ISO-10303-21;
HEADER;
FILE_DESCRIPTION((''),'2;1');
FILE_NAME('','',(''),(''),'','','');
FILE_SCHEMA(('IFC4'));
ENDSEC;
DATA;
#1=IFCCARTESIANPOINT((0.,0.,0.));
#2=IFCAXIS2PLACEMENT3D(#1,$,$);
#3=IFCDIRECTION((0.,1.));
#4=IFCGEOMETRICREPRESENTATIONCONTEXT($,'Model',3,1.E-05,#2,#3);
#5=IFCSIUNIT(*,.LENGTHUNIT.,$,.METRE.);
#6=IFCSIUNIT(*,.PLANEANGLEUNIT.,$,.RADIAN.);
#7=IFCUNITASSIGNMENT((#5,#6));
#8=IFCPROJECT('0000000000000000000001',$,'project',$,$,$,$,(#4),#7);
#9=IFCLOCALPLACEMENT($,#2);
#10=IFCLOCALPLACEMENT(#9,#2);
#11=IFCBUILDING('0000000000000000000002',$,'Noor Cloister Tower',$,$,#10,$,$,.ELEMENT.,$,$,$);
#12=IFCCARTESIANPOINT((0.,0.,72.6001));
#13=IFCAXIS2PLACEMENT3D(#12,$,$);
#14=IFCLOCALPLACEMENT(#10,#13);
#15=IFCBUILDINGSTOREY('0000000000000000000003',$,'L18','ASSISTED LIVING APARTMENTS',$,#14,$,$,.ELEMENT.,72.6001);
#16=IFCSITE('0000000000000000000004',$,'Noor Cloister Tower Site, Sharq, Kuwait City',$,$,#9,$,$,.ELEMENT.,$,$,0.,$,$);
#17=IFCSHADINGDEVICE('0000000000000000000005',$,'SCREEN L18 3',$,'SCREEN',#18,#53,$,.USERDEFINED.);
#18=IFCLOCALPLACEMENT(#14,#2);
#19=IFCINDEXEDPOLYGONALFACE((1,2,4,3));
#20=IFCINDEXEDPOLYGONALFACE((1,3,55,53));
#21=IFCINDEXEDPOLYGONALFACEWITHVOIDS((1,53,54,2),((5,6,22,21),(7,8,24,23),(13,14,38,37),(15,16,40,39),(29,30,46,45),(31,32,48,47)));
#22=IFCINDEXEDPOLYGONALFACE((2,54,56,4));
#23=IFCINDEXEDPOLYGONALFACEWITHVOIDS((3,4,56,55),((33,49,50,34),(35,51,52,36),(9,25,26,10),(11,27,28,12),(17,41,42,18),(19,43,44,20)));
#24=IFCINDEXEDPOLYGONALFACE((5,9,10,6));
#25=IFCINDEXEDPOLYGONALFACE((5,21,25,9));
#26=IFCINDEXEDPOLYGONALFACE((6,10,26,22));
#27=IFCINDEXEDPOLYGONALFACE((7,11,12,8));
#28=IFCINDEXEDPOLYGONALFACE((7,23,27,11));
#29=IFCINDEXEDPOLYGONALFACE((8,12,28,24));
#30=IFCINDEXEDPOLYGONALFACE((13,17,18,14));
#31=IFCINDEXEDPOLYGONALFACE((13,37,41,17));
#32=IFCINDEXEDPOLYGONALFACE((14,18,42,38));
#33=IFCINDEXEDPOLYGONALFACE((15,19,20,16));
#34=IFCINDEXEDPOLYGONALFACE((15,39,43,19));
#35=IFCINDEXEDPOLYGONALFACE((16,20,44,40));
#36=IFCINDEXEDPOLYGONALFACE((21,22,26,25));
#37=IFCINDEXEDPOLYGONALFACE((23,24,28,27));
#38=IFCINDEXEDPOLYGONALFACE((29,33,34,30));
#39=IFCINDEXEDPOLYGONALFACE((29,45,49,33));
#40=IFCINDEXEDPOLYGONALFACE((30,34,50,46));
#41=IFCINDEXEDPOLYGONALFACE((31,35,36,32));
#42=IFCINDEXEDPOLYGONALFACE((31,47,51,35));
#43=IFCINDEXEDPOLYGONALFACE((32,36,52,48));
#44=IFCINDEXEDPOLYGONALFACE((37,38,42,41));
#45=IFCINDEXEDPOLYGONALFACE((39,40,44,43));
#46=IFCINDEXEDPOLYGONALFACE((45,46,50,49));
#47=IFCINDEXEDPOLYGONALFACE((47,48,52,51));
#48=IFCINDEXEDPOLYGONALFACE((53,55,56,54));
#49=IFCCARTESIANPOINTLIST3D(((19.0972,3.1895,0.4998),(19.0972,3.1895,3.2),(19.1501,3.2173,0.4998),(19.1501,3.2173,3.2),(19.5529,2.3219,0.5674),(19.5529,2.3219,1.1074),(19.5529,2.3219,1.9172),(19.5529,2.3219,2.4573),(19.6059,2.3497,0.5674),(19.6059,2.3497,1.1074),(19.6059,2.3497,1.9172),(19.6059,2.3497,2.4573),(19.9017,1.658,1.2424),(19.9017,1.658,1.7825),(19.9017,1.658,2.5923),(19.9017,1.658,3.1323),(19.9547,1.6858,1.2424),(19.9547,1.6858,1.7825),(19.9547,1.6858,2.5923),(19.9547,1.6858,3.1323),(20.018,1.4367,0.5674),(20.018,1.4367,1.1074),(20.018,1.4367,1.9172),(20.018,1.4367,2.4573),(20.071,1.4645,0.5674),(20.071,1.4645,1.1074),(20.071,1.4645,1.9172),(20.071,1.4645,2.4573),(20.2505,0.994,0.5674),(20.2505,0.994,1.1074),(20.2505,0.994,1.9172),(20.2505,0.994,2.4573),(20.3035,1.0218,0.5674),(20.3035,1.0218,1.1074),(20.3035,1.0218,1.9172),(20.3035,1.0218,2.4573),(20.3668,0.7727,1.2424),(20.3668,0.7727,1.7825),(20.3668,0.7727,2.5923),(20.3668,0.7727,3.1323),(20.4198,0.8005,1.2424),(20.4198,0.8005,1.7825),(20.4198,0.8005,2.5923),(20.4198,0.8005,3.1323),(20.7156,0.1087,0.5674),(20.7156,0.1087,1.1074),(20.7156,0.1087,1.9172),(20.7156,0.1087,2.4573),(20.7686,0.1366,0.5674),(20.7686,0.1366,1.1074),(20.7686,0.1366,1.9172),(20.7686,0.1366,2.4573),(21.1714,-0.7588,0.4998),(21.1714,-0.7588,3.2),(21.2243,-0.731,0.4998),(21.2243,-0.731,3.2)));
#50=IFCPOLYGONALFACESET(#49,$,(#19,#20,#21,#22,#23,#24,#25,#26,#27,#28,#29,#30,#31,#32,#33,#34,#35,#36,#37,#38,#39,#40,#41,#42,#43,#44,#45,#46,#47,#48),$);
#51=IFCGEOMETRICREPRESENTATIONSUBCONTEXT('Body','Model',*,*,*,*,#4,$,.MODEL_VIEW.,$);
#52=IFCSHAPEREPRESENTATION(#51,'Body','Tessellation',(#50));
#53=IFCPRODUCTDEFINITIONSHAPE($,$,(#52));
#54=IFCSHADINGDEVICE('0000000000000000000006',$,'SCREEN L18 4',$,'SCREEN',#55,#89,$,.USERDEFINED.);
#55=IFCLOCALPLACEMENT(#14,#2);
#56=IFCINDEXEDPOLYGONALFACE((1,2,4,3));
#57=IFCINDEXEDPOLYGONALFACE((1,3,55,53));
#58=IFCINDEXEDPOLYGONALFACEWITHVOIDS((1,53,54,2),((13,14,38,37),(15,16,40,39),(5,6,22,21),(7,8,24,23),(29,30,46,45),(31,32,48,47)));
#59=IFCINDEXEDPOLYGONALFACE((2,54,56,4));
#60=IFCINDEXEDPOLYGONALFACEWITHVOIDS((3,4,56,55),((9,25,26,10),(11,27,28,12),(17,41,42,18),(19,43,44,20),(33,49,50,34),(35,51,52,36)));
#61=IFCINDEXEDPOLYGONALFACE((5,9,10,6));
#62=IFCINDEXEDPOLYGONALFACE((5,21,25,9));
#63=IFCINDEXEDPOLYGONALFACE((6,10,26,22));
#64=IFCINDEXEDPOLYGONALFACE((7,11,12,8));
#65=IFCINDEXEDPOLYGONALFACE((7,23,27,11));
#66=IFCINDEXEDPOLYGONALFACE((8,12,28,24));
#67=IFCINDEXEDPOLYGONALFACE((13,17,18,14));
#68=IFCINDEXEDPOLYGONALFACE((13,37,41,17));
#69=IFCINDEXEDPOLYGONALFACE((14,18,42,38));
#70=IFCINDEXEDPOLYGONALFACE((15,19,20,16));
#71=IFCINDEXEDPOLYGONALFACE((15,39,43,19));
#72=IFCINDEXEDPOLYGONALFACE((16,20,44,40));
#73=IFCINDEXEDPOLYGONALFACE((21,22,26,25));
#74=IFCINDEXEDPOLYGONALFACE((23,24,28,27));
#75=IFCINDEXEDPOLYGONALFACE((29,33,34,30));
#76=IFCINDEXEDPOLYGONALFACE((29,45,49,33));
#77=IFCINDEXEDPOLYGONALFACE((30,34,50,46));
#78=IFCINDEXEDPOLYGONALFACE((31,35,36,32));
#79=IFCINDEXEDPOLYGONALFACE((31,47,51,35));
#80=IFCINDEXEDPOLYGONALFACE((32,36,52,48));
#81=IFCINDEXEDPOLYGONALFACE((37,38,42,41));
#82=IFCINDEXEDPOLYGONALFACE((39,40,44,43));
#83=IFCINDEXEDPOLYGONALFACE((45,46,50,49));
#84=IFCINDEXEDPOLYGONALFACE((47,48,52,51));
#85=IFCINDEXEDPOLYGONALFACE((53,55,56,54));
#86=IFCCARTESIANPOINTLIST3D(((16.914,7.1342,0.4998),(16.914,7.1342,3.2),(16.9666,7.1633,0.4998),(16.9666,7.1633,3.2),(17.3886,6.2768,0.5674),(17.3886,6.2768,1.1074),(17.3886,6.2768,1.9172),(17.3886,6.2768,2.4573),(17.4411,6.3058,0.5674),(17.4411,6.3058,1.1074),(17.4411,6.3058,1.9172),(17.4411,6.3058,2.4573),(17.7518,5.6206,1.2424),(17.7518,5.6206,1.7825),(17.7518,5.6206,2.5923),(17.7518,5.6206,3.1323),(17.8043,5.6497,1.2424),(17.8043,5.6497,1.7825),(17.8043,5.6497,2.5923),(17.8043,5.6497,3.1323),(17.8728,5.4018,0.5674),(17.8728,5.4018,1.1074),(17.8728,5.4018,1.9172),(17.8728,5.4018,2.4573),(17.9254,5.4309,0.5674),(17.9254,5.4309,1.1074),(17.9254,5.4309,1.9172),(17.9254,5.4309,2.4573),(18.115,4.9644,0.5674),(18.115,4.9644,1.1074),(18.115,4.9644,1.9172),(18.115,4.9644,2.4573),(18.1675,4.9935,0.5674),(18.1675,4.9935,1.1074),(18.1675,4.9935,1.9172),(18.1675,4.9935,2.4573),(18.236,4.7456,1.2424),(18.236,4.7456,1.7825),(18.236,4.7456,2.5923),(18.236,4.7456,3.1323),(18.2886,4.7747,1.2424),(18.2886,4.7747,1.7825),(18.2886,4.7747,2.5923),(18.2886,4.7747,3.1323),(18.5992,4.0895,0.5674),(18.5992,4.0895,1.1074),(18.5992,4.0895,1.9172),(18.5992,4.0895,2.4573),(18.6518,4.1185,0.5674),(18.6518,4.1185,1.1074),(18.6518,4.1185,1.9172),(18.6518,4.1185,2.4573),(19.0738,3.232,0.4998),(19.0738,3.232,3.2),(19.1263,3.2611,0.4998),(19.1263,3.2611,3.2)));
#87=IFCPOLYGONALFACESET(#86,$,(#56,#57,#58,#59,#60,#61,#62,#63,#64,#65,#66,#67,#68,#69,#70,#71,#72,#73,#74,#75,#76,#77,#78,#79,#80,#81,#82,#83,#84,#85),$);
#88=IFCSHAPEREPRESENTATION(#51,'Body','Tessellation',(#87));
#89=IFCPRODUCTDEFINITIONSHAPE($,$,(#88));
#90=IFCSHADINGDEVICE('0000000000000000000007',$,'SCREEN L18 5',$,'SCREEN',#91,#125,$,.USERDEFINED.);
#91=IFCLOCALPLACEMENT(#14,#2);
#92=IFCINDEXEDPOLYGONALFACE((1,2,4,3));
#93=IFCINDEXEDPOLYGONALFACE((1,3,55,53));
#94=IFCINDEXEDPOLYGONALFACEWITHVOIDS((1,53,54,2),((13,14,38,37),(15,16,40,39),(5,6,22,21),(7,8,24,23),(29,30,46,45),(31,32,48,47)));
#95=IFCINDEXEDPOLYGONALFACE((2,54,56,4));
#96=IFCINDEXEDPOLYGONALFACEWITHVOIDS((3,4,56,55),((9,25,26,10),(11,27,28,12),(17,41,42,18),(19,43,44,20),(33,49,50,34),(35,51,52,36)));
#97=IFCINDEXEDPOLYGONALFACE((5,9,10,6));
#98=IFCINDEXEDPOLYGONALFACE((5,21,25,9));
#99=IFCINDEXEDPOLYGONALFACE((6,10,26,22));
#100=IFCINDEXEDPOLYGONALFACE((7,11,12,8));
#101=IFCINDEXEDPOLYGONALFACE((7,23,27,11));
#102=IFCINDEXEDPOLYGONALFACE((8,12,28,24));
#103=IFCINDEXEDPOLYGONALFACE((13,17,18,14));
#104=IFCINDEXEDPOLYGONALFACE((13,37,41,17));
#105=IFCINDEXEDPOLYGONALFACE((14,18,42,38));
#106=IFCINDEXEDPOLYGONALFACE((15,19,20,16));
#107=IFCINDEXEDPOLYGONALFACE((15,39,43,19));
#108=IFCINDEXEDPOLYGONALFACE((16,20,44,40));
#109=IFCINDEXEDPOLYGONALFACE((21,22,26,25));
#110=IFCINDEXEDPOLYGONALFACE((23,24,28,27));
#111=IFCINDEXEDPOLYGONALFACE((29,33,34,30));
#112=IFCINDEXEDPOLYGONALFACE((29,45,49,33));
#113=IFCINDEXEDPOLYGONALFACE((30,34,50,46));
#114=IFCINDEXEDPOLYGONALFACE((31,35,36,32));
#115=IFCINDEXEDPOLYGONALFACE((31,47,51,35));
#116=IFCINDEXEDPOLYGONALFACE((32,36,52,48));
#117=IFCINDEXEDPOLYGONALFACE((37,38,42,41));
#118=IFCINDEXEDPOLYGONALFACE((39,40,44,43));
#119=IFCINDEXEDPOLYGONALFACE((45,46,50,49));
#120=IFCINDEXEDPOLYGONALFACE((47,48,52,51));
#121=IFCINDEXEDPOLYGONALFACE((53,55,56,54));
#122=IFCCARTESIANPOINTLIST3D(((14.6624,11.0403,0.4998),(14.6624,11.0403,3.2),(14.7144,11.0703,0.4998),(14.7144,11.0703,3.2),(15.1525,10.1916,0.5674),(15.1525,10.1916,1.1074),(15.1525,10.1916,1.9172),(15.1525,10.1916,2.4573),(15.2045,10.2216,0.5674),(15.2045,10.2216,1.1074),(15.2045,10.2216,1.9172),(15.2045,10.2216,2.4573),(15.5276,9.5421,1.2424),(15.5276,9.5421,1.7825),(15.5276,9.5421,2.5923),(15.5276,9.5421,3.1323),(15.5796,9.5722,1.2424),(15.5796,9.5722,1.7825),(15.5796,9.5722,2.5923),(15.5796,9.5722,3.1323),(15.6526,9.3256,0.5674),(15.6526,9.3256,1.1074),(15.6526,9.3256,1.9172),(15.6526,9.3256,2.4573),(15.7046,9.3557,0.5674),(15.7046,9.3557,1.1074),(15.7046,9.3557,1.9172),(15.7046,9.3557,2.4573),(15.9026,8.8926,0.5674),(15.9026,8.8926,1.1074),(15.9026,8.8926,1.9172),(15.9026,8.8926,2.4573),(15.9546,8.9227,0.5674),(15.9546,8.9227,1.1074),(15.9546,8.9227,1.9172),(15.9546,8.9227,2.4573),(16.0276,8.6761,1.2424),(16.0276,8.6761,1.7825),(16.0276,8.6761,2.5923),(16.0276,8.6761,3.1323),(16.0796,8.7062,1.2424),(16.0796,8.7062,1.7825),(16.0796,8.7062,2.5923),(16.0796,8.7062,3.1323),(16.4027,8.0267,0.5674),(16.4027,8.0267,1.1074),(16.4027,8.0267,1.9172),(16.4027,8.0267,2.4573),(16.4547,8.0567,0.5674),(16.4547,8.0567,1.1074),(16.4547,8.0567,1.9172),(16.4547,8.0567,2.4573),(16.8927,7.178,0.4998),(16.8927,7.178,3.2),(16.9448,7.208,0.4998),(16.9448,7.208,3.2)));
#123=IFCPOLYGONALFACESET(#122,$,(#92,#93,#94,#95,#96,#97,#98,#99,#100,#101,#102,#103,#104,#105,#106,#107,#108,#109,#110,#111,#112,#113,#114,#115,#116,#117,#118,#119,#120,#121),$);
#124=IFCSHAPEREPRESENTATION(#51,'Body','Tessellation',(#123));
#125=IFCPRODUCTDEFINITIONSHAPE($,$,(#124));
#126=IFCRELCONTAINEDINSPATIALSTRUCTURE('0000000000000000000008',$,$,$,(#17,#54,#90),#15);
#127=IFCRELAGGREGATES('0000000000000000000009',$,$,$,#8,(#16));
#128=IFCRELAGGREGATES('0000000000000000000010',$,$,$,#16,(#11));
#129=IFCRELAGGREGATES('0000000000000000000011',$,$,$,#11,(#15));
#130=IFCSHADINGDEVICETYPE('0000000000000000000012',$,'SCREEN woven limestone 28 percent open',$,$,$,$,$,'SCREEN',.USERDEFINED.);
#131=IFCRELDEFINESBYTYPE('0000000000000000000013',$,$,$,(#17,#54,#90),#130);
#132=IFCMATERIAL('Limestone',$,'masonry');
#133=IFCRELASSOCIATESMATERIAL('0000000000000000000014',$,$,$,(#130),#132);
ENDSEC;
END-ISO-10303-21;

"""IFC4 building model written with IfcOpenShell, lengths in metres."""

from ifc_helpers import new_model, si_unit, direction, frame, origin, place, context, subcontext, project, spatial, polyline, outline, extrude, material, material_profile, profile_set, type_object, element, save


model = new_model("IFC4")

# Units and contexts
model_context = context("Model", 3, precision=1e-05, world=origin(), true_north=direction((0.0, 1.0)))
body_context = subcontext(model_context, "Body", "Model", "MODEL_VIEW")
ifc_project = project(units=[si_unit("LENGTHUNIT", "METRE"), si_unit("PLANEANGLEUNIT", "RADIAN")], contexts=[model_context])

# Site, building, storey
site_placement = place(None, origin())
site = spatial("IfcSite", under=ifc_project, at=site_placement, Name="Noor Cloister Tower Site, Sharq, Kuwait City", CompositionType="ELEMENT", RefElevation=0.0)
building_placement = place(site_placement, origin())
building = spatial("IfcBuilding", under=site, at=building_placement, Name="Noor Cloister Tower", CompositionType="ELEMENT")
storey_placement = place(building_placement, frame((0.0, 0.0, 72.6001)))
storey = spatial("IfcBuildingStorey", under=building, at=storey_placement, Name="L18", Description="ASSISTED LIVING APARTMENTS", CompositionType="ELEMENT", Elevation=72.6001)

# Shading devices
ifc_material_1 = material(Name="Limestone", Category="masonry")
ifc_material_profile_1 = material_profile(ifc_material_1, outline(polyline([(-2.23, -1.3501), (2.23, -1.3501), (2.23, 1.3501), (-2.23, 1.3501), (-2.23, -1.3501)]), holes=[polyline([(-1.25, -1.2825), (-0.25, -1.2825), (-0.25, -0.7424), (-1.25, -0.7424), (-1.25, -1.2825)]), polyline([(0.25, -1.2825), (1.25, -1.2825), (1.25, -0.7424), (0.25, -0.7424), (0.25, -1.2825)]), polyline([(-0.5, -0.6074), (0.5, -0.6074), (0.5, -0.0674), (-0.5, -0.0674), (-0.5, -0.6074)]), polyline([(-1.25, 0.0674), (-0.25, 0.0674), (-0.25, 0.6074), (-1.25, 0.6074), (-1.25, 0.0674)]), polyline([(0.25, 0.0674), (1.25, 0.0674), (1.25, 0.6074), (0.25, 0.6074), (0.25, 0.0674)]), polyline([(-0.5, 0.7424), (0.5, 0.7424), (0.5, 1.2825), (-0.5, 1.2825), (-0.5, 0.7424)])]), Name="Woven screen 28 percent open")
ifc_profile_set_1 = profile_set([ifc_material_profile_1], Name="Limestone")
shading_device_type = type_object("IfcShadingDeviceType", Name="SCREEN woven limestone 28 percent open", ElementType="SCREEN", PredefinedType="USERDEFINED", material=ifc_profile_set_1)
shading_device_placement = place(storey_placement, frame((20.1343, 1.2153, 1.8499), z_axis=(0.885272, 0.465074, 0.0), x_axis=(-0.465074, 0.885272, 0.0)))
element("IfcShadingDevice", 1, at=shading_device_placement, inside=storey, type_object=shading_device_type, Name="SCREEN L18 3", ObjectType="SCREEN", PredefinedType="USERDEFINED", context=body_context, shape_type="SweptSolid", body=[
    extrude(outline(polyline([(-2.23, -1.3501), (2.23, -1.3501), (2.23, 1.3501), (-2.23, 1.3501), (-2.23, -1.3501)]), holes=[polyline([(-1.25, -1.2825), (-0.25, -1.2825), (-0.25, -0.7424), (-1.25, -0.7424), (-1.25, -1.2825)]), polyline([(0.25, -1.2825), (1.25, -1.2825), (1.25, -0.7424), (0.25, -0.7424), (0.25, -1.2825)]), polyline([(-0.5, -0.6074), (0.5, -0.6074), (0.5, -0.0674), (-0.5, -0.0674), (-0.5, -0.6074)]), polyline([(-1.25, 0.0674), (-0.25, 0.0674), (-0.25, 0.6074), (-1.25, 0.6074), (-1.25, 0.0674)]), polyline([(0.25, 0.0674), (1.25, 0.0674), (1.25, 0.6074), (0.25, 0.6074), (0.25, 0.0674)]), polyline([(-0.5, 0.7424), (0.5, 0.7424), (0.5, 1.2825), (-0.5, 1.2825), (-0.5, 0.7424)])]), origin(), (0.0, 0.0, 1.0), 0.0598),
])
for number, where, z_axis, x_axis, name in (
    (2, (17.9939, 5.1831, 1.8499), (0.874924, 0.48426, 0.0), (-0.48426, 0.874924, 0.0), "SCREEN L18 4"),
    (3, (15.7776, 9.1091, 1.8499), (0.865982, 0.500074, 0.0), (-0.500074, 0.865982, 0.0), "SCREEN L18 5"),
):
    element("IfcShadingDevice", number, at=place(storey_placement, frame(where, z_axis=z_axis, x_axis=x_axis)), inside=storey, type_object=shading_device_type, Name=name, ObjectType="SCREEN", PredefinedType="USERDEFINED", context=body_context, shape_type="SweptSolid", body=[
        extrude(outline(polyline([(-2.23, -1.3501), (2.23, -1.3501), (2.23, 1.3501), (-2.23, 1.3501), (-2.23, -1.3501)]), holes=[polyline([(-1.25, -1.2825), (-0.25, -1.2825), (-0.25, -0.7424), (-1.25, -0.7424), (-1.25, -1.2825)]), polyline([(0.25, -1.2825), (1.25, -1.2825), (1.25, -0.7424), (0.25, -0.7424), (0.25, -1.2825)]), polyline([(-0.5, -0.6074), (0.5, -0.6074), (0.5, -0.0674), (-0.5, -0.0674), (-0.5, -0.6074)]), polyline([(-1.25, 0.0674), (-0.25, 0.0674), (-0.25, 0.6074), (-1.25, 0.6074), (-1.25, 0.0674)]), polyline([(0.25, 0.0674), (1.25, 0.0674), (1.25, 0.6074), (0.25, 0.6074), (0.25, 0.0674)]), polyline([(-0.5, 0.7424), (0.5, 0.7424), (0.5, 1.2825), (-0.5, 1.2825), (-0.5, 0.7424)])]), origin(), (0.0, 0.0, 1.0), 0.0601),
    ])

save(model, "model.ifc")
